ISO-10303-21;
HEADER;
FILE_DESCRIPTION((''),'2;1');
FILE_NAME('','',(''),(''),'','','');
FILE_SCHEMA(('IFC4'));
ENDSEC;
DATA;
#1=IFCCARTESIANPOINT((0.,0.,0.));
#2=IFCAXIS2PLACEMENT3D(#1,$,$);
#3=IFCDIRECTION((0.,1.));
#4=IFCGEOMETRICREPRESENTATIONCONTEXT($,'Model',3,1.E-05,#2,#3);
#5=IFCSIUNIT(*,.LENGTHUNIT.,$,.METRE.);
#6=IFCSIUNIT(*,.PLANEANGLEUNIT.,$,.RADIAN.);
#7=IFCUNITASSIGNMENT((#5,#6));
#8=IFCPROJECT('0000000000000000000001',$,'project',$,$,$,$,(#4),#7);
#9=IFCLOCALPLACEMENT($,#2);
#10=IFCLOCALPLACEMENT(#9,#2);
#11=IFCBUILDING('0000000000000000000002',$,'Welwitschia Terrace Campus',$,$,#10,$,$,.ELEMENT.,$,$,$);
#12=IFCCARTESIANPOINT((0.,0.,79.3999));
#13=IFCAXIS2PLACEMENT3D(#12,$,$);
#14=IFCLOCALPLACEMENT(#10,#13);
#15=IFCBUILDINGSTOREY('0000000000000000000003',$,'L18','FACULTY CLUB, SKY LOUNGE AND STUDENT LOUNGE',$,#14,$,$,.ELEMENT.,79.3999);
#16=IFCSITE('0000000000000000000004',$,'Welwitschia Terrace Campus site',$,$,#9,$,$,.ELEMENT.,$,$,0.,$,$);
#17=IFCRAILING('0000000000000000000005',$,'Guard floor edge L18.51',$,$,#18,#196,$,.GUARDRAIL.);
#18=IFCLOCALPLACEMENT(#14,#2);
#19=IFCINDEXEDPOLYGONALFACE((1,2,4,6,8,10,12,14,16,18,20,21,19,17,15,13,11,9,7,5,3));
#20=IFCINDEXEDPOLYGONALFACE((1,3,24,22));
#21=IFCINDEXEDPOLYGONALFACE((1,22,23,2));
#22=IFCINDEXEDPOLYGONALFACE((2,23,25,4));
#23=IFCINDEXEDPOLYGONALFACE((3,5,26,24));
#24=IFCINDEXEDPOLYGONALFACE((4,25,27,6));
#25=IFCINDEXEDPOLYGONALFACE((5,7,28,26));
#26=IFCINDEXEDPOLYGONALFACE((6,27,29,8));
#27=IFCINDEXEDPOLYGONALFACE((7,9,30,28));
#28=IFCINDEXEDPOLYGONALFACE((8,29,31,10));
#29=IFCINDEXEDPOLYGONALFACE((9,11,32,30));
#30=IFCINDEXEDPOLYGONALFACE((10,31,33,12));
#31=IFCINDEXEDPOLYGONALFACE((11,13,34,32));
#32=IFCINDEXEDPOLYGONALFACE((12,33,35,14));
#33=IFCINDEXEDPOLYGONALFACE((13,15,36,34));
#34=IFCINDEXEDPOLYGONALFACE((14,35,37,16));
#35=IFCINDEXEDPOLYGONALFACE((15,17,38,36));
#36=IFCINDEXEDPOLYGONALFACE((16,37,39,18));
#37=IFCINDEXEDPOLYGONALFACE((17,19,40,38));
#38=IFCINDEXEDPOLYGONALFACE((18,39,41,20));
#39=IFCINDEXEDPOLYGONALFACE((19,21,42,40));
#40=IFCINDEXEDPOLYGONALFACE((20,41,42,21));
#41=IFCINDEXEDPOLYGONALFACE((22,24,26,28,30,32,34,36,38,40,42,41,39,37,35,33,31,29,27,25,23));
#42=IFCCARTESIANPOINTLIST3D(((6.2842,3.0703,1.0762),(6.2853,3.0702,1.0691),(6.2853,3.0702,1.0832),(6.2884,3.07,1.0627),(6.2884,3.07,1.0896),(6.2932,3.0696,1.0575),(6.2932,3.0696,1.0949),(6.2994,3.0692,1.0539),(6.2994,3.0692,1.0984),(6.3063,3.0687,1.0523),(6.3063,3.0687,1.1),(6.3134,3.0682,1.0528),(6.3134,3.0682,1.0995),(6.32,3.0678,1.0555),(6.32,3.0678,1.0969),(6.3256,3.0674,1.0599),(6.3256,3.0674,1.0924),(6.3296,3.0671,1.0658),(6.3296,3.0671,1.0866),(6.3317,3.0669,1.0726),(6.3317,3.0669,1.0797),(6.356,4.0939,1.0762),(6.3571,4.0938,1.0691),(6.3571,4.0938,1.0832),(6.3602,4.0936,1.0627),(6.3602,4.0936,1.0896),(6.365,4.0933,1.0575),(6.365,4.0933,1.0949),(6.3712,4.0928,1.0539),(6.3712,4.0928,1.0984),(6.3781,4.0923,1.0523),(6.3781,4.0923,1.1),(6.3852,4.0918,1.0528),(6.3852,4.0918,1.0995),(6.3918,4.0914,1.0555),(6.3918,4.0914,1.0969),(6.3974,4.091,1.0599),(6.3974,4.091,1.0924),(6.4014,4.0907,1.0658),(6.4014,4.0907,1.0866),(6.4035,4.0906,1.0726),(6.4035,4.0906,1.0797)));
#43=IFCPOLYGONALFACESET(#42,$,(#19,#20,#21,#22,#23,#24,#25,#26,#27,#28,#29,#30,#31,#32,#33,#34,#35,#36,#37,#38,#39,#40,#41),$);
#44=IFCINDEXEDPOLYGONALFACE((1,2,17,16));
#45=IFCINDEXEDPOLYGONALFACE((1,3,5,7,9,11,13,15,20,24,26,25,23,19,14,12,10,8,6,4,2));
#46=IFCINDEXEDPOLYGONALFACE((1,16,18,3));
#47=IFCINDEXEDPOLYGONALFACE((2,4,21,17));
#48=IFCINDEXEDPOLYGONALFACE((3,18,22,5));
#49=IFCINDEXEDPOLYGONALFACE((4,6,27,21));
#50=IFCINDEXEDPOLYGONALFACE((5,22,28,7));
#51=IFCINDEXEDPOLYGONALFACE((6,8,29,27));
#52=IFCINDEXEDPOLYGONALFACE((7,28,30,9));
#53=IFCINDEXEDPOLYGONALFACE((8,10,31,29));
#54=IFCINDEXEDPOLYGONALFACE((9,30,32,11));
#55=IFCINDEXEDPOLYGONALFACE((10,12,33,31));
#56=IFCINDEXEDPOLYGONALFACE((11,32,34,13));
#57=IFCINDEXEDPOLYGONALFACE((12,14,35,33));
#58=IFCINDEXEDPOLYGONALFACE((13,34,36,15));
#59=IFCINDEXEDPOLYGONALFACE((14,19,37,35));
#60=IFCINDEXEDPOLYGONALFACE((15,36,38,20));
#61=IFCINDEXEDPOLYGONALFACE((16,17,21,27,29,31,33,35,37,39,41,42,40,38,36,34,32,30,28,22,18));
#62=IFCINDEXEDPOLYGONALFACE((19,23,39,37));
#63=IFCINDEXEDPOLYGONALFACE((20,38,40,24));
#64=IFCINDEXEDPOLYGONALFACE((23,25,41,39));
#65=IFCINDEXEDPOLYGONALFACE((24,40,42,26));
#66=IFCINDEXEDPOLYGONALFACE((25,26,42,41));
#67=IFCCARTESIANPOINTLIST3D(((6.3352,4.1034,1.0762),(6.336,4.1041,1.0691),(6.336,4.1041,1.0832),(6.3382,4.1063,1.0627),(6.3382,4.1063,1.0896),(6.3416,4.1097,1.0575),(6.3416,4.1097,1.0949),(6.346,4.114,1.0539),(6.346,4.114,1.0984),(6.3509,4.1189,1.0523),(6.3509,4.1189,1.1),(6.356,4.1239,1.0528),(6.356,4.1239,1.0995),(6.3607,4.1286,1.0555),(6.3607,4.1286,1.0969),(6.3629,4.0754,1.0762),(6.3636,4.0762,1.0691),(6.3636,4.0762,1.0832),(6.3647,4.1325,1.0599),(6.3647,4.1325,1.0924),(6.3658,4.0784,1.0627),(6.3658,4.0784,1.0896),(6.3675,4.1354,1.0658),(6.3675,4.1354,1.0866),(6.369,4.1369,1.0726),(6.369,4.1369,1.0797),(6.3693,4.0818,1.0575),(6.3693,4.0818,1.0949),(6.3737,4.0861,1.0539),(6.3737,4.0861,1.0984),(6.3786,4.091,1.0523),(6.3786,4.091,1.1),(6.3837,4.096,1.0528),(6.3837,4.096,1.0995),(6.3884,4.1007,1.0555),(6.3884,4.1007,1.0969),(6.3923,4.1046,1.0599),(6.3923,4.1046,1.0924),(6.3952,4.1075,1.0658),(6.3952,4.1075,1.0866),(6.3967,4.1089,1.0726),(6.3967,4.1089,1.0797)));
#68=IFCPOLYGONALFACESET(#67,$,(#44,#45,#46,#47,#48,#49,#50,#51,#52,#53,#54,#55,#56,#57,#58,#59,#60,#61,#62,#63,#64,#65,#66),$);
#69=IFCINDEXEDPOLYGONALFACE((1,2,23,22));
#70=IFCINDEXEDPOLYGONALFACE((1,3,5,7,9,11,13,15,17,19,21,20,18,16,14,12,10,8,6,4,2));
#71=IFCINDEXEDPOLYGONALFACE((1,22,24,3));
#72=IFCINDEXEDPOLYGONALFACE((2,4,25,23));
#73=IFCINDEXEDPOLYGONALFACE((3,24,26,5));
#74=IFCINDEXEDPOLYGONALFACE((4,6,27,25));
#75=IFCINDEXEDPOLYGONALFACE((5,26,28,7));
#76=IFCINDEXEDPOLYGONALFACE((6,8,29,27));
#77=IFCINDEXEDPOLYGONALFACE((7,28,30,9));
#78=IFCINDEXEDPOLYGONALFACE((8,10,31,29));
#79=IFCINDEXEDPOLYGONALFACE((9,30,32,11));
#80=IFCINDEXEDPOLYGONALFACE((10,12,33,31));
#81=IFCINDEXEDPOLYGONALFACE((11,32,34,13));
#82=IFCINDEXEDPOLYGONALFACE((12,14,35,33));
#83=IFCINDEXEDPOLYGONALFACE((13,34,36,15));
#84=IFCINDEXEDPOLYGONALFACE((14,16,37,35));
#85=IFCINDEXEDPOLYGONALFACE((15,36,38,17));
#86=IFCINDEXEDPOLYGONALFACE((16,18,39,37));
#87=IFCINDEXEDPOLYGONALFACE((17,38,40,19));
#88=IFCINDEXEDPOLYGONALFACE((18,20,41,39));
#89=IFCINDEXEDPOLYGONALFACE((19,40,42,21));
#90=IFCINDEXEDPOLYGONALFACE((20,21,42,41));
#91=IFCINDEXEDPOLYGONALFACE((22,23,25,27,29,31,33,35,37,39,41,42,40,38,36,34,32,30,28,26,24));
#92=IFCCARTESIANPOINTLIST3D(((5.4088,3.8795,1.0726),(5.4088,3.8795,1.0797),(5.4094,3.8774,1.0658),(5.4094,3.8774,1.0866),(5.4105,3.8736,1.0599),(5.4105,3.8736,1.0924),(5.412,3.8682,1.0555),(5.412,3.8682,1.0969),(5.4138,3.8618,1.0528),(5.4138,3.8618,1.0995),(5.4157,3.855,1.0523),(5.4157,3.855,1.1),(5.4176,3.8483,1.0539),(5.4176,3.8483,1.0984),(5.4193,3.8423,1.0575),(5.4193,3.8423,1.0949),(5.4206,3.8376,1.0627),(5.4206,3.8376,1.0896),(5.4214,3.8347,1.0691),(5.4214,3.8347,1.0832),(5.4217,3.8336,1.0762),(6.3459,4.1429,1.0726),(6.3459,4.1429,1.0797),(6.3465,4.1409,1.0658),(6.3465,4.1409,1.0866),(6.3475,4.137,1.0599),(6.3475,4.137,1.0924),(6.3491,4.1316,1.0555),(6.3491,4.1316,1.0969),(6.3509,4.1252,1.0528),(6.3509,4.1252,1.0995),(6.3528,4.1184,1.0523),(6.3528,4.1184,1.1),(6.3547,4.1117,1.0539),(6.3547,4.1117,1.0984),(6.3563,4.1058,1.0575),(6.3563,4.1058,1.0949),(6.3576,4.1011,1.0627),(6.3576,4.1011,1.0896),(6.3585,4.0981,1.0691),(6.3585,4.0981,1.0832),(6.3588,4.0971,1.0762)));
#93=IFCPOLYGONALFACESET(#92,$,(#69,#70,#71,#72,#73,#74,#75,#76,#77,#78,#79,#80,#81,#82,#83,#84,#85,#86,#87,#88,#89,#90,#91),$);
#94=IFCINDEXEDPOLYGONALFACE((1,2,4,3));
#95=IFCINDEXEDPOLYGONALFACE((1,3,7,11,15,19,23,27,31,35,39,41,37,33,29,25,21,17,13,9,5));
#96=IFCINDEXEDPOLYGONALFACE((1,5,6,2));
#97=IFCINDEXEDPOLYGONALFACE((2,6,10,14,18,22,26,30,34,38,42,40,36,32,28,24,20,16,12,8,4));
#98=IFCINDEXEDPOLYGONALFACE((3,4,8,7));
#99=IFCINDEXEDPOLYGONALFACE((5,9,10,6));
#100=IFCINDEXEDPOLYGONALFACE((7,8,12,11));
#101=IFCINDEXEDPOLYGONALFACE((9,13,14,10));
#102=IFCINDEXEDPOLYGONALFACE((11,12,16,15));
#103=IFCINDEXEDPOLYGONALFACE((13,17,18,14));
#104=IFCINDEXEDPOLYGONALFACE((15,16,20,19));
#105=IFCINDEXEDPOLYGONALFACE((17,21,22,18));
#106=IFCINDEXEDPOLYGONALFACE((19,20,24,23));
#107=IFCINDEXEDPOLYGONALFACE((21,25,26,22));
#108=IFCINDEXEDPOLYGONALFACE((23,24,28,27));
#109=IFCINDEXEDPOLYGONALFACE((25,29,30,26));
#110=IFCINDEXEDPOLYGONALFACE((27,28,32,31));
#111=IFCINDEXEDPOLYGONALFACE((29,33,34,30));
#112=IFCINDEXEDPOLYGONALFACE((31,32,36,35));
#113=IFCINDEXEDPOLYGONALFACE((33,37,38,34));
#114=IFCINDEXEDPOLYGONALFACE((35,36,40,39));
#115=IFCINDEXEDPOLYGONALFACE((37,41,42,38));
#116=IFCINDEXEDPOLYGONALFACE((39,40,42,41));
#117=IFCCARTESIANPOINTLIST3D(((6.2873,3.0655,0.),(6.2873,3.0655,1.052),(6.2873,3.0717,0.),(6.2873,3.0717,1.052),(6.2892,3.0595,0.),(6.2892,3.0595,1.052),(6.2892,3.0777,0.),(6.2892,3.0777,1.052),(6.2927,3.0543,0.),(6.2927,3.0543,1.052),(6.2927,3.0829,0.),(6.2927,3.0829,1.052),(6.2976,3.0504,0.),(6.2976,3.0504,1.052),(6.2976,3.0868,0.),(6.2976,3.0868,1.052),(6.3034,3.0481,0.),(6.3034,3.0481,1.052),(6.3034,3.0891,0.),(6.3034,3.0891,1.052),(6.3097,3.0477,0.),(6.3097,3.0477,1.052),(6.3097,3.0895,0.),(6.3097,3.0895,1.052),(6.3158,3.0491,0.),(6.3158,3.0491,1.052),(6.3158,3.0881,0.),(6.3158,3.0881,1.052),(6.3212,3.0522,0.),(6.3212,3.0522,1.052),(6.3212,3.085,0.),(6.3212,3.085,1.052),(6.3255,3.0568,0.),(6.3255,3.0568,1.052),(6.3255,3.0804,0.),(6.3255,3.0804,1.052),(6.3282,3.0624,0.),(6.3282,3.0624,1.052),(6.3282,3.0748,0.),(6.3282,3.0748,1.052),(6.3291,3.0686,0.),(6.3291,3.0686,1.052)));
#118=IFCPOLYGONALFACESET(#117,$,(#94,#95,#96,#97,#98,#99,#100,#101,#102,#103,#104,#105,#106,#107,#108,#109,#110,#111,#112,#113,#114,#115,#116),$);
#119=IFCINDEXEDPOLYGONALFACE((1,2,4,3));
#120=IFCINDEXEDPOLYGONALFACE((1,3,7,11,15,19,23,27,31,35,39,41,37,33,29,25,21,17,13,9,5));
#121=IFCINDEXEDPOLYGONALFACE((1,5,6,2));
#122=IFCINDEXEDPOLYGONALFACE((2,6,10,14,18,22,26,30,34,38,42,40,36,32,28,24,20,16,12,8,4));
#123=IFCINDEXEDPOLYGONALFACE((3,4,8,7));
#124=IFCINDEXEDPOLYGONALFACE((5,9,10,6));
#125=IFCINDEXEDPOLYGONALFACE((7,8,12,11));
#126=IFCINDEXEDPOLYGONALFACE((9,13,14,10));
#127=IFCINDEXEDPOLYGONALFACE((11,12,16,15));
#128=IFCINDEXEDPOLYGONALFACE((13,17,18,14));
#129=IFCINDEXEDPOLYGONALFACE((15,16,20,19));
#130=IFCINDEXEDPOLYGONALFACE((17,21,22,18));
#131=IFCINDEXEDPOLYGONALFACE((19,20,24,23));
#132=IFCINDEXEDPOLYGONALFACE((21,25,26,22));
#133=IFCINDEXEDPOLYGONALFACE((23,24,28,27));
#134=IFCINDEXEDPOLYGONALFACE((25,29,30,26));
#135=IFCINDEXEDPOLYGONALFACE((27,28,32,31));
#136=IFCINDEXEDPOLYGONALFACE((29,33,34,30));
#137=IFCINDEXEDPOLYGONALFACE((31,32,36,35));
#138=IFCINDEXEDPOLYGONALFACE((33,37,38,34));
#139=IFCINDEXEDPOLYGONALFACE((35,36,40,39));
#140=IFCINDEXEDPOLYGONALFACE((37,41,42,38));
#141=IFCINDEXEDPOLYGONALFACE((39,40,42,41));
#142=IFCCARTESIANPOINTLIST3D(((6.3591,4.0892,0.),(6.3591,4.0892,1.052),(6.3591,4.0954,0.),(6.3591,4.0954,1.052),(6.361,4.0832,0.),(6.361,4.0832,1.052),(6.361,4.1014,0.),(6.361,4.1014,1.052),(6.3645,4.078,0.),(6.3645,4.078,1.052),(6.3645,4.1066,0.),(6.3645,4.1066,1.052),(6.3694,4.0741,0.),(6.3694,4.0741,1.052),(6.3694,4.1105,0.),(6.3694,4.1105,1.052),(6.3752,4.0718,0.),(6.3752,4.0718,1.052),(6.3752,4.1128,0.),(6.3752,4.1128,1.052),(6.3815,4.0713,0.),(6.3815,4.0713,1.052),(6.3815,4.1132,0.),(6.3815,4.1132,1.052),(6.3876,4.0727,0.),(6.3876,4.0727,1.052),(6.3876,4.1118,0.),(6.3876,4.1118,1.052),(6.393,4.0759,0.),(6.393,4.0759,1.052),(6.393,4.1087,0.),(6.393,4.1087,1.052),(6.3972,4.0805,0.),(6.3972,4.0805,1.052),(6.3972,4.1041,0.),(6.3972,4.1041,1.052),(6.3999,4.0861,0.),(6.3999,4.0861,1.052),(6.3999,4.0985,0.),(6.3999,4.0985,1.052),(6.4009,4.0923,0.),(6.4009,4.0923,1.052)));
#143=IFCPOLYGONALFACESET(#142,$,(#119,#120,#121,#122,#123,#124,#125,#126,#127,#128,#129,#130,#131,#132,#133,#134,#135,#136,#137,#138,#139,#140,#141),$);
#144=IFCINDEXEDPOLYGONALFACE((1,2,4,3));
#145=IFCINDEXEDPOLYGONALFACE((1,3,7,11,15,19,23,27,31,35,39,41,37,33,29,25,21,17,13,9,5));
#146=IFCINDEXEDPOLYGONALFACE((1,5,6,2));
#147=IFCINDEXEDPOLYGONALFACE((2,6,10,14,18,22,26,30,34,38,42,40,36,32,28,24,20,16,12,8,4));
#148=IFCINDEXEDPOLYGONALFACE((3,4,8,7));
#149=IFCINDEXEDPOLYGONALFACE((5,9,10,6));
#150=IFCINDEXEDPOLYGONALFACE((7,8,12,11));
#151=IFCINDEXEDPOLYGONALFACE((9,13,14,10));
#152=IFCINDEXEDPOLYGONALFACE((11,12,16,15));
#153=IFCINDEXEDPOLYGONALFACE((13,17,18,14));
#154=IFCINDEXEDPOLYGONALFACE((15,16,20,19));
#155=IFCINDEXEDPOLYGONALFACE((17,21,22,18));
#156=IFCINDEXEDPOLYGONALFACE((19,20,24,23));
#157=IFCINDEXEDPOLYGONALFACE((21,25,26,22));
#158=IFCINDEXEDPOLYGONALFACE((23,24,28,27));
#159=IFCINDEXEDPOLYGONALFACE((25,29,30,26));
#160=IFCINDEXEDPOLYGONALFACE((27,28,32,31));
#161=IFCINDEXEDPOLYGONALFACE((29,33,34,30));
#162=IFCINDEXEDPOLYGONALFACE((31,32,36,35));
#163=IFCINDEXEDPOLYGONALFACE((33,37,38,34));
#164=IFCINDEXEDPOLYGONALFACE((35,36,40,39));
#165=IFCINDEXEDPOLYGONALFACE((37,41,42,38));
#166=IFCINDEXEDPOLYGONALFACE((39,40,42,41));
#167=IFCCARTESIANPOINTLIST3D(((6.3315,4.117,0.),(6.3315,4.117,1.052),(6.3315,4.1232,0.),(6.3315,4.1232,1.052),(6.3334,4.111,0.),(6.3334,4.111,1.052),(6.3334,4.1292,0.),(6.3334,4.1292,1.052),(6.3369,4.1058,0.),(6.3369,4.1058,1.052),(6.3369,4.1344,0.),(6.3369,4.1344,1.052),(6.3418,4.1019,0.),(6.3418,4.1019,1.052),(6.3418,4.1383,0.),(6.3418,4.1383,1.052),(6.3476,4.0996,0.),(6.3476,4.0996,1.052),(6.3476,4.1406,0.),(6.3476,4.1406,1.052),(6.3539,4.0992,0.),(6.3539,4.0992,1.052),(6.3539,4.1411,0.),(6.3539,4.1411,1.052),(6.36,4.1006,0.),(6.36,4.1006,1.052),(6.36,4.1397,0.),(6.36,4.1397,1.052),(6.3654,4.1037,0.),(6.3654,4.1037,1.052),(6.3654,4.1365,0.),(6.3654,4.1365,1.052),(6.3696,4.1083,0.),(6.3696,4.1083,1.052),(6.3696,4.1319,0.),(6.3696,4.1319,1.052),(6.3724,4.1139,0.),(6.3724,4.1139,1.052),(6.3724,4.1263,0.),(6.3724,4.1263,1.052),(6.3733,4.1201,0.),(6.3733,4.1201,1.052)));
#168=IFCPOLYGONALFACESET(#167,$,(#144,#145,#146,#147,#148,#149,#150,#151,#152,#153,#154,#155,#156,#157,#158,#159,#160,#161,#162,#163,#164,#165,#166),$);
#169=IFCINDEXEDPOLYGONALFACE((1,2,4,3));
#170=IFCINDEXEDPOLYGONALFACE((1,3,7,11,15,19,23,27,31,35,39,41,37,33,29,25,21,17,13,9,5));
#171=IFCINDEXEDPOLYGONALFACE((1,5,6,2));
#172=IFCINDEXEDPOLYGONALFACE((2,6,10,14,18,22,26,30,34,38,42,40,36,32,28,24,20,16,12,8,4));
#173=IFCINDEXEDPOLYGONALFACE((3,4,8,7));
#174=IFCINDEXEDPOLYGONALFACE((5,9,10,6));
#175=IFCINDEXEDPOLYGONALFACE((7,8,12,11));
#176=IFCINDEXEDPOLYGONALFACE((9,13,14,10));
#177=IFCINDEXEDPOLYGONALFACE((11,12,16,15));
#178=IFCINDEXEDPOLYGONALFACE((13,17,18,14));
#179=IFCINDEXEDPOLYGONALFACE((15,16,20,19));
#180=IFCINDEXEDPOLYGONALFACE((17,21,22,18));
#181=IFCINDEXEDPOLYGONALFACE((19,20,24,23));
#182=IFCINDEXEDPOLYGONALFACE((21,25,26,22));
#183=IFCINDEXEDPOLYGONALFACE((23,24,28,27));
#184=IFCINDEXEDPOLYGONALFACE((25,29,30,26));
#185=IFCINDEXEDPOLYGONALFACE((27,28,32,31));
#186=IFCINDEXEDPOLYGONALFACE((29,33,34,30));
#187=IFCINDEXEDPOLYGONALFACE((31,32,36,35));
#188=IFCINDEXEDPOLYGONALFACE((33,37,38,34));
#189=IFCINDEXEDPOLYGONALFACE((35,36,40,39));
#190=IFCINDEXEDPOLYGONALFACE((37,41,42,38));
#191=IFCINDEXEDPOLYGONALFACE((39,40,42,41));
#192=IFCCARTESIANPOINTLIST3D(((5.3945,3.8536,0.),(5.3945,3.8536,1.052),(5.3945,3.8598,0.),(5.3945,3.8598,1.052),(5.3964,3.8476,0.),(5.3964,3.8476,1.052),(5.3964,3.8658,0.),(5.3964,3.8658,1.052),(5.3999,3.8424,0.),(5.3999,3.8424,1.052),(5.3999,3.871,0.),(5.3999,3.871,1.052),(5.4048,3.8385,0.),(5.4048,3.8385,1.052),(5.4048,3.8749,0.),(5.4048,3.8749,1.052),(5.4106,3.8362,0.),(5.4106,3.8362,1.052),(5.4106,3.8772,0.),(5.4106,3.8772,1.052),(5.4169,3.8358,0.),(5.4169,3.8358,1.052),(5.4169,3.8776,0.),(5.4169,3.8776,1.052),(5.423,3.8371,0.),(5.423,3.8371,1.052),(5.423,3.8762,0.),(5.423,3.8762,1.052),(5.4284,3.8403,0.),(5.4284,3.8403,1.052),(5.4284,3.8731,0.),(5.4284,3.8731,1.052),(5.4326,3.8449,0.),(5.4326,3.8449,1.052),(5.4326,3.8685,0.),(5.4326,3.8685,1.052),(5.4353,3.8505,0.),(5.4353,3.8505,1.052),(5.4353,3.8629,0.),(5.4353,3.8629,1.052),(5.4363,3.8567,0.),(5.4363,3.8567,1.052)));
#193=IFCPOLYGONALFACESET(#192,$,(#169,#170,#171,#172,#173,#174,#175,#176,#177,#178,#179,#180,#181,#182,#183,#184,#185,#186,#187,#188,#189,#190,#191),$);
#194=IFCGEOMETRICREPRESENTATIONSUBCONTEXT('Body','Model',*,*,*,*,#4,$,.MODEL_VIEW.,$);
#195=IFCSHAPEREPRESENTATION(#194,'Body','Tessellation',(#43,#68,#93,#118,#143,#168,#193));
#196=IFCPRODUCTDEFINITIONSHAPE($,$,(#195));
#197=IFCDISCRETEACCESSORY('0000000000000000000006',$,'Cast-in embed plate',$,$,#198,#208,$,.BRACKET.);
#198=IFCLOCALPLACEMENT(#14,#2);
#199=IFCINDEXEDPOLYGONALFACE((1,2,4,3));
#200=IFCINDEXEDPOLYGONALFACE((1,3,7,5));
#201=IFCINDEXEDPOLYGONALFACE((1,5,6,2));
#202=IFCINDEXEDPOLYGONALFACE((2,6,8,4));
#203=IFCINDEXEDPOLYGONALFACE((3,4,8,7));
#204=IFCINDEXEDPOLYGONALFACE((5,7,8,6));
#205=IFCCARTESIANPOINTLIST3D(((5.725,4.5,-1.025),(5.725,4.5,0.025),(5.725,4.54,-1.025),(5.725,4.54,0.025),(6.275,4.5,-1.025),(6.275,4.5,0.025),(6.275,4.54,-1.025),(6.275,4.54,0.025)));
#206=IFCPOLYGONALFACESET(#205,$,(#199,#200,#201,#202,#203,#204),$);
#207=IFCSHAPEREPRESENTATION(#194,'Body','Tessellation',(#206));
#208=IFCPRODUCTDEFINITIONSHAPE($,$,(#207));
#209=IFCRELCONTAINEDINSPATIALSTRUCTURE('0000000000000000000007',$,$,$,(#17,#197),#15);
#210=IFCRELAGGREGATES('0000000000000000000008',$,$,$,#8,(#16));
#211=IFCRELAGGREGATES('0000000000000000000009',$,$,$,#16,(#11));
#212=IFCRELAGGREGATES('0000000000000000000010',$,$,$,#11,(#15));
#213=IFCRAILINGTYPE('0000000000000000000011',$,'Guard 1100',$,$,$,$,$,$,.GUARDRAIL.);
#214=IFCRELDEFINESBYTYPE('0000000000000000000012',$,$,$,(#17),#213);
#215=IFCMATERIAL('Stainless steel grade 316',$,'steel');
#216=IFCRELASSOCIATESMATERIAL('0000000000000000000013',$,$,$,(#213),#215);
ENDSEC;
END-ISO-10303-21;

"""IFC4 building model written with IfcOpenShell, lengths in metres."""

from ifc_helpers import new_model, si_unit, direction, frame, origin, origin_2d, place, context, subcontext, project, spatial, rectangle, circle, extrude, material, type_object, element, save


model = new_model("IFC4")

# Units and contexts
model_context = context("Model", 3, precision=1e-05, world=origin(), true_north=direction((0.0, 1.0)))
body_context = subcontext(model_context, "Body", "Model", "MODEL_VIEW")
ifc_project = project(units=[si_unit("LENGTHUNIT", "METRE"), si_unit("PLANEANGLEUNIT", "RADIAN")], contexts=[model_context])

# Site, building, storey
site_placement = place(None, origin())
site = spatial("IfcSite", under=ifc_project, at=site_placement, Name="Welwitschia Terrace Campus site", CompositionType="ELEMENT", RefElevation=0.0)
building_placement = place(site_placement, origin())
building = spatial("IfcBuilding", under=site, at=building_placement, Name="Welwitschia Terrace Campus", CompositionType="ELEMENT")
storey_placement = place(building_placement, frame((0.0, 0.0, 79.3999)))
storey = spatial("IfcBuildingStorey", under=building, at=storey_placement, Name="L18", Description="FACULTY CLUB, SKY LOUNGE AND STUDENT LOUNGE", CompositionType="ELEMENT", Elevation=79.3999)

# Railing
ifc_material_1 = material(Name="Stainless steel grade 316", Category="steel")
railing_type = type_object("IfcRailingType", Name="Guard 1100", PredefinedType="GUARDRAIL", material=ifc_material_1)
railing_1_placement = place(storey_placement, frame((6.3081, 3.0686, 0.0)))
element("IfcRailing", 1, at=railing_1_placement, inside=storey, type_object=railing_type, Name="Guard floor edge L18.51", PredefinedType="GUARDRAIL", context=body_context, shape_type="SweptSolid", body=[
    extrude(circle(Radius=0.0239, at=origin_2d()), frame((0.0, 0.0, 1.0762), z_axis=(0.069945, 0.997551, 0.0), x_axis=(-0.997551, 0.069945, 0.0)), (0.0, 0.0, 1.0), 1.0261),
    extrude(circle(Radius=0.0239, at=origin_2d()), frame((0.0718, 1.0237, 1.0762), z_axis=(-0.703985, 0.710215, 0.0), x_axis=(-0.710215, -0.703985, 0.0)), (0.0, 0.0, 1.0), 0.0393),
    extrude(circle(Radius=0.0239, at=origin_2d()), frame((0.0442, 1.0515, 1.0762), z_axis=(-0.96268, -0.270644, 0.0), x_axis=(0.270644, -0.96268, 0.0)), (0.0, 0.0, 1.0), 0.9734),
    extrude(circle(Radius=0.021, at=origin_2d()), origin(), (0.0, 0.0, 1.0), 1.052),
    extrude(circle(Radius=0.021, at=origin_2d()), frame((0.0718, 1.0237, 0.0)), (0.0, 0.0, 1.0), 1.052),
    extrude(circle(Radius=0.021, at=origin_2d()), frame((0.0442, 1.0515, 0.0)), (0.0, 0.0, 1.0), 1.052),
    extrude(circle(Radius=0.021, at=origin_2d()), frame((-0.8928, 0.7881, 0.0)), (0.0, 0.0, 1.0), 1.052),
])

# Discrete accessory
discrete_accessory_1_placement = place(storey_placement, frame((6.0, 4.5, -0.5), z_axis=(0.0, 1.0, 0.0), x_axis=(-1.0, 0.0, 0.0)))
element("IfcDiscreteAccessory", 2, at=discrete_accessory_1_placement, inside=storey, Name="Cast-in embed plate", PredefinedType="BRACKET", context=body_context, shape_type="SweptSolid", body=[
    extrude(rectangle(XDim=0.55, YDim=1.05, at=origin_2d()), origin(), (0.0, 0.0, 1.0), 0.04),
])

save(model, "model.ifc")
